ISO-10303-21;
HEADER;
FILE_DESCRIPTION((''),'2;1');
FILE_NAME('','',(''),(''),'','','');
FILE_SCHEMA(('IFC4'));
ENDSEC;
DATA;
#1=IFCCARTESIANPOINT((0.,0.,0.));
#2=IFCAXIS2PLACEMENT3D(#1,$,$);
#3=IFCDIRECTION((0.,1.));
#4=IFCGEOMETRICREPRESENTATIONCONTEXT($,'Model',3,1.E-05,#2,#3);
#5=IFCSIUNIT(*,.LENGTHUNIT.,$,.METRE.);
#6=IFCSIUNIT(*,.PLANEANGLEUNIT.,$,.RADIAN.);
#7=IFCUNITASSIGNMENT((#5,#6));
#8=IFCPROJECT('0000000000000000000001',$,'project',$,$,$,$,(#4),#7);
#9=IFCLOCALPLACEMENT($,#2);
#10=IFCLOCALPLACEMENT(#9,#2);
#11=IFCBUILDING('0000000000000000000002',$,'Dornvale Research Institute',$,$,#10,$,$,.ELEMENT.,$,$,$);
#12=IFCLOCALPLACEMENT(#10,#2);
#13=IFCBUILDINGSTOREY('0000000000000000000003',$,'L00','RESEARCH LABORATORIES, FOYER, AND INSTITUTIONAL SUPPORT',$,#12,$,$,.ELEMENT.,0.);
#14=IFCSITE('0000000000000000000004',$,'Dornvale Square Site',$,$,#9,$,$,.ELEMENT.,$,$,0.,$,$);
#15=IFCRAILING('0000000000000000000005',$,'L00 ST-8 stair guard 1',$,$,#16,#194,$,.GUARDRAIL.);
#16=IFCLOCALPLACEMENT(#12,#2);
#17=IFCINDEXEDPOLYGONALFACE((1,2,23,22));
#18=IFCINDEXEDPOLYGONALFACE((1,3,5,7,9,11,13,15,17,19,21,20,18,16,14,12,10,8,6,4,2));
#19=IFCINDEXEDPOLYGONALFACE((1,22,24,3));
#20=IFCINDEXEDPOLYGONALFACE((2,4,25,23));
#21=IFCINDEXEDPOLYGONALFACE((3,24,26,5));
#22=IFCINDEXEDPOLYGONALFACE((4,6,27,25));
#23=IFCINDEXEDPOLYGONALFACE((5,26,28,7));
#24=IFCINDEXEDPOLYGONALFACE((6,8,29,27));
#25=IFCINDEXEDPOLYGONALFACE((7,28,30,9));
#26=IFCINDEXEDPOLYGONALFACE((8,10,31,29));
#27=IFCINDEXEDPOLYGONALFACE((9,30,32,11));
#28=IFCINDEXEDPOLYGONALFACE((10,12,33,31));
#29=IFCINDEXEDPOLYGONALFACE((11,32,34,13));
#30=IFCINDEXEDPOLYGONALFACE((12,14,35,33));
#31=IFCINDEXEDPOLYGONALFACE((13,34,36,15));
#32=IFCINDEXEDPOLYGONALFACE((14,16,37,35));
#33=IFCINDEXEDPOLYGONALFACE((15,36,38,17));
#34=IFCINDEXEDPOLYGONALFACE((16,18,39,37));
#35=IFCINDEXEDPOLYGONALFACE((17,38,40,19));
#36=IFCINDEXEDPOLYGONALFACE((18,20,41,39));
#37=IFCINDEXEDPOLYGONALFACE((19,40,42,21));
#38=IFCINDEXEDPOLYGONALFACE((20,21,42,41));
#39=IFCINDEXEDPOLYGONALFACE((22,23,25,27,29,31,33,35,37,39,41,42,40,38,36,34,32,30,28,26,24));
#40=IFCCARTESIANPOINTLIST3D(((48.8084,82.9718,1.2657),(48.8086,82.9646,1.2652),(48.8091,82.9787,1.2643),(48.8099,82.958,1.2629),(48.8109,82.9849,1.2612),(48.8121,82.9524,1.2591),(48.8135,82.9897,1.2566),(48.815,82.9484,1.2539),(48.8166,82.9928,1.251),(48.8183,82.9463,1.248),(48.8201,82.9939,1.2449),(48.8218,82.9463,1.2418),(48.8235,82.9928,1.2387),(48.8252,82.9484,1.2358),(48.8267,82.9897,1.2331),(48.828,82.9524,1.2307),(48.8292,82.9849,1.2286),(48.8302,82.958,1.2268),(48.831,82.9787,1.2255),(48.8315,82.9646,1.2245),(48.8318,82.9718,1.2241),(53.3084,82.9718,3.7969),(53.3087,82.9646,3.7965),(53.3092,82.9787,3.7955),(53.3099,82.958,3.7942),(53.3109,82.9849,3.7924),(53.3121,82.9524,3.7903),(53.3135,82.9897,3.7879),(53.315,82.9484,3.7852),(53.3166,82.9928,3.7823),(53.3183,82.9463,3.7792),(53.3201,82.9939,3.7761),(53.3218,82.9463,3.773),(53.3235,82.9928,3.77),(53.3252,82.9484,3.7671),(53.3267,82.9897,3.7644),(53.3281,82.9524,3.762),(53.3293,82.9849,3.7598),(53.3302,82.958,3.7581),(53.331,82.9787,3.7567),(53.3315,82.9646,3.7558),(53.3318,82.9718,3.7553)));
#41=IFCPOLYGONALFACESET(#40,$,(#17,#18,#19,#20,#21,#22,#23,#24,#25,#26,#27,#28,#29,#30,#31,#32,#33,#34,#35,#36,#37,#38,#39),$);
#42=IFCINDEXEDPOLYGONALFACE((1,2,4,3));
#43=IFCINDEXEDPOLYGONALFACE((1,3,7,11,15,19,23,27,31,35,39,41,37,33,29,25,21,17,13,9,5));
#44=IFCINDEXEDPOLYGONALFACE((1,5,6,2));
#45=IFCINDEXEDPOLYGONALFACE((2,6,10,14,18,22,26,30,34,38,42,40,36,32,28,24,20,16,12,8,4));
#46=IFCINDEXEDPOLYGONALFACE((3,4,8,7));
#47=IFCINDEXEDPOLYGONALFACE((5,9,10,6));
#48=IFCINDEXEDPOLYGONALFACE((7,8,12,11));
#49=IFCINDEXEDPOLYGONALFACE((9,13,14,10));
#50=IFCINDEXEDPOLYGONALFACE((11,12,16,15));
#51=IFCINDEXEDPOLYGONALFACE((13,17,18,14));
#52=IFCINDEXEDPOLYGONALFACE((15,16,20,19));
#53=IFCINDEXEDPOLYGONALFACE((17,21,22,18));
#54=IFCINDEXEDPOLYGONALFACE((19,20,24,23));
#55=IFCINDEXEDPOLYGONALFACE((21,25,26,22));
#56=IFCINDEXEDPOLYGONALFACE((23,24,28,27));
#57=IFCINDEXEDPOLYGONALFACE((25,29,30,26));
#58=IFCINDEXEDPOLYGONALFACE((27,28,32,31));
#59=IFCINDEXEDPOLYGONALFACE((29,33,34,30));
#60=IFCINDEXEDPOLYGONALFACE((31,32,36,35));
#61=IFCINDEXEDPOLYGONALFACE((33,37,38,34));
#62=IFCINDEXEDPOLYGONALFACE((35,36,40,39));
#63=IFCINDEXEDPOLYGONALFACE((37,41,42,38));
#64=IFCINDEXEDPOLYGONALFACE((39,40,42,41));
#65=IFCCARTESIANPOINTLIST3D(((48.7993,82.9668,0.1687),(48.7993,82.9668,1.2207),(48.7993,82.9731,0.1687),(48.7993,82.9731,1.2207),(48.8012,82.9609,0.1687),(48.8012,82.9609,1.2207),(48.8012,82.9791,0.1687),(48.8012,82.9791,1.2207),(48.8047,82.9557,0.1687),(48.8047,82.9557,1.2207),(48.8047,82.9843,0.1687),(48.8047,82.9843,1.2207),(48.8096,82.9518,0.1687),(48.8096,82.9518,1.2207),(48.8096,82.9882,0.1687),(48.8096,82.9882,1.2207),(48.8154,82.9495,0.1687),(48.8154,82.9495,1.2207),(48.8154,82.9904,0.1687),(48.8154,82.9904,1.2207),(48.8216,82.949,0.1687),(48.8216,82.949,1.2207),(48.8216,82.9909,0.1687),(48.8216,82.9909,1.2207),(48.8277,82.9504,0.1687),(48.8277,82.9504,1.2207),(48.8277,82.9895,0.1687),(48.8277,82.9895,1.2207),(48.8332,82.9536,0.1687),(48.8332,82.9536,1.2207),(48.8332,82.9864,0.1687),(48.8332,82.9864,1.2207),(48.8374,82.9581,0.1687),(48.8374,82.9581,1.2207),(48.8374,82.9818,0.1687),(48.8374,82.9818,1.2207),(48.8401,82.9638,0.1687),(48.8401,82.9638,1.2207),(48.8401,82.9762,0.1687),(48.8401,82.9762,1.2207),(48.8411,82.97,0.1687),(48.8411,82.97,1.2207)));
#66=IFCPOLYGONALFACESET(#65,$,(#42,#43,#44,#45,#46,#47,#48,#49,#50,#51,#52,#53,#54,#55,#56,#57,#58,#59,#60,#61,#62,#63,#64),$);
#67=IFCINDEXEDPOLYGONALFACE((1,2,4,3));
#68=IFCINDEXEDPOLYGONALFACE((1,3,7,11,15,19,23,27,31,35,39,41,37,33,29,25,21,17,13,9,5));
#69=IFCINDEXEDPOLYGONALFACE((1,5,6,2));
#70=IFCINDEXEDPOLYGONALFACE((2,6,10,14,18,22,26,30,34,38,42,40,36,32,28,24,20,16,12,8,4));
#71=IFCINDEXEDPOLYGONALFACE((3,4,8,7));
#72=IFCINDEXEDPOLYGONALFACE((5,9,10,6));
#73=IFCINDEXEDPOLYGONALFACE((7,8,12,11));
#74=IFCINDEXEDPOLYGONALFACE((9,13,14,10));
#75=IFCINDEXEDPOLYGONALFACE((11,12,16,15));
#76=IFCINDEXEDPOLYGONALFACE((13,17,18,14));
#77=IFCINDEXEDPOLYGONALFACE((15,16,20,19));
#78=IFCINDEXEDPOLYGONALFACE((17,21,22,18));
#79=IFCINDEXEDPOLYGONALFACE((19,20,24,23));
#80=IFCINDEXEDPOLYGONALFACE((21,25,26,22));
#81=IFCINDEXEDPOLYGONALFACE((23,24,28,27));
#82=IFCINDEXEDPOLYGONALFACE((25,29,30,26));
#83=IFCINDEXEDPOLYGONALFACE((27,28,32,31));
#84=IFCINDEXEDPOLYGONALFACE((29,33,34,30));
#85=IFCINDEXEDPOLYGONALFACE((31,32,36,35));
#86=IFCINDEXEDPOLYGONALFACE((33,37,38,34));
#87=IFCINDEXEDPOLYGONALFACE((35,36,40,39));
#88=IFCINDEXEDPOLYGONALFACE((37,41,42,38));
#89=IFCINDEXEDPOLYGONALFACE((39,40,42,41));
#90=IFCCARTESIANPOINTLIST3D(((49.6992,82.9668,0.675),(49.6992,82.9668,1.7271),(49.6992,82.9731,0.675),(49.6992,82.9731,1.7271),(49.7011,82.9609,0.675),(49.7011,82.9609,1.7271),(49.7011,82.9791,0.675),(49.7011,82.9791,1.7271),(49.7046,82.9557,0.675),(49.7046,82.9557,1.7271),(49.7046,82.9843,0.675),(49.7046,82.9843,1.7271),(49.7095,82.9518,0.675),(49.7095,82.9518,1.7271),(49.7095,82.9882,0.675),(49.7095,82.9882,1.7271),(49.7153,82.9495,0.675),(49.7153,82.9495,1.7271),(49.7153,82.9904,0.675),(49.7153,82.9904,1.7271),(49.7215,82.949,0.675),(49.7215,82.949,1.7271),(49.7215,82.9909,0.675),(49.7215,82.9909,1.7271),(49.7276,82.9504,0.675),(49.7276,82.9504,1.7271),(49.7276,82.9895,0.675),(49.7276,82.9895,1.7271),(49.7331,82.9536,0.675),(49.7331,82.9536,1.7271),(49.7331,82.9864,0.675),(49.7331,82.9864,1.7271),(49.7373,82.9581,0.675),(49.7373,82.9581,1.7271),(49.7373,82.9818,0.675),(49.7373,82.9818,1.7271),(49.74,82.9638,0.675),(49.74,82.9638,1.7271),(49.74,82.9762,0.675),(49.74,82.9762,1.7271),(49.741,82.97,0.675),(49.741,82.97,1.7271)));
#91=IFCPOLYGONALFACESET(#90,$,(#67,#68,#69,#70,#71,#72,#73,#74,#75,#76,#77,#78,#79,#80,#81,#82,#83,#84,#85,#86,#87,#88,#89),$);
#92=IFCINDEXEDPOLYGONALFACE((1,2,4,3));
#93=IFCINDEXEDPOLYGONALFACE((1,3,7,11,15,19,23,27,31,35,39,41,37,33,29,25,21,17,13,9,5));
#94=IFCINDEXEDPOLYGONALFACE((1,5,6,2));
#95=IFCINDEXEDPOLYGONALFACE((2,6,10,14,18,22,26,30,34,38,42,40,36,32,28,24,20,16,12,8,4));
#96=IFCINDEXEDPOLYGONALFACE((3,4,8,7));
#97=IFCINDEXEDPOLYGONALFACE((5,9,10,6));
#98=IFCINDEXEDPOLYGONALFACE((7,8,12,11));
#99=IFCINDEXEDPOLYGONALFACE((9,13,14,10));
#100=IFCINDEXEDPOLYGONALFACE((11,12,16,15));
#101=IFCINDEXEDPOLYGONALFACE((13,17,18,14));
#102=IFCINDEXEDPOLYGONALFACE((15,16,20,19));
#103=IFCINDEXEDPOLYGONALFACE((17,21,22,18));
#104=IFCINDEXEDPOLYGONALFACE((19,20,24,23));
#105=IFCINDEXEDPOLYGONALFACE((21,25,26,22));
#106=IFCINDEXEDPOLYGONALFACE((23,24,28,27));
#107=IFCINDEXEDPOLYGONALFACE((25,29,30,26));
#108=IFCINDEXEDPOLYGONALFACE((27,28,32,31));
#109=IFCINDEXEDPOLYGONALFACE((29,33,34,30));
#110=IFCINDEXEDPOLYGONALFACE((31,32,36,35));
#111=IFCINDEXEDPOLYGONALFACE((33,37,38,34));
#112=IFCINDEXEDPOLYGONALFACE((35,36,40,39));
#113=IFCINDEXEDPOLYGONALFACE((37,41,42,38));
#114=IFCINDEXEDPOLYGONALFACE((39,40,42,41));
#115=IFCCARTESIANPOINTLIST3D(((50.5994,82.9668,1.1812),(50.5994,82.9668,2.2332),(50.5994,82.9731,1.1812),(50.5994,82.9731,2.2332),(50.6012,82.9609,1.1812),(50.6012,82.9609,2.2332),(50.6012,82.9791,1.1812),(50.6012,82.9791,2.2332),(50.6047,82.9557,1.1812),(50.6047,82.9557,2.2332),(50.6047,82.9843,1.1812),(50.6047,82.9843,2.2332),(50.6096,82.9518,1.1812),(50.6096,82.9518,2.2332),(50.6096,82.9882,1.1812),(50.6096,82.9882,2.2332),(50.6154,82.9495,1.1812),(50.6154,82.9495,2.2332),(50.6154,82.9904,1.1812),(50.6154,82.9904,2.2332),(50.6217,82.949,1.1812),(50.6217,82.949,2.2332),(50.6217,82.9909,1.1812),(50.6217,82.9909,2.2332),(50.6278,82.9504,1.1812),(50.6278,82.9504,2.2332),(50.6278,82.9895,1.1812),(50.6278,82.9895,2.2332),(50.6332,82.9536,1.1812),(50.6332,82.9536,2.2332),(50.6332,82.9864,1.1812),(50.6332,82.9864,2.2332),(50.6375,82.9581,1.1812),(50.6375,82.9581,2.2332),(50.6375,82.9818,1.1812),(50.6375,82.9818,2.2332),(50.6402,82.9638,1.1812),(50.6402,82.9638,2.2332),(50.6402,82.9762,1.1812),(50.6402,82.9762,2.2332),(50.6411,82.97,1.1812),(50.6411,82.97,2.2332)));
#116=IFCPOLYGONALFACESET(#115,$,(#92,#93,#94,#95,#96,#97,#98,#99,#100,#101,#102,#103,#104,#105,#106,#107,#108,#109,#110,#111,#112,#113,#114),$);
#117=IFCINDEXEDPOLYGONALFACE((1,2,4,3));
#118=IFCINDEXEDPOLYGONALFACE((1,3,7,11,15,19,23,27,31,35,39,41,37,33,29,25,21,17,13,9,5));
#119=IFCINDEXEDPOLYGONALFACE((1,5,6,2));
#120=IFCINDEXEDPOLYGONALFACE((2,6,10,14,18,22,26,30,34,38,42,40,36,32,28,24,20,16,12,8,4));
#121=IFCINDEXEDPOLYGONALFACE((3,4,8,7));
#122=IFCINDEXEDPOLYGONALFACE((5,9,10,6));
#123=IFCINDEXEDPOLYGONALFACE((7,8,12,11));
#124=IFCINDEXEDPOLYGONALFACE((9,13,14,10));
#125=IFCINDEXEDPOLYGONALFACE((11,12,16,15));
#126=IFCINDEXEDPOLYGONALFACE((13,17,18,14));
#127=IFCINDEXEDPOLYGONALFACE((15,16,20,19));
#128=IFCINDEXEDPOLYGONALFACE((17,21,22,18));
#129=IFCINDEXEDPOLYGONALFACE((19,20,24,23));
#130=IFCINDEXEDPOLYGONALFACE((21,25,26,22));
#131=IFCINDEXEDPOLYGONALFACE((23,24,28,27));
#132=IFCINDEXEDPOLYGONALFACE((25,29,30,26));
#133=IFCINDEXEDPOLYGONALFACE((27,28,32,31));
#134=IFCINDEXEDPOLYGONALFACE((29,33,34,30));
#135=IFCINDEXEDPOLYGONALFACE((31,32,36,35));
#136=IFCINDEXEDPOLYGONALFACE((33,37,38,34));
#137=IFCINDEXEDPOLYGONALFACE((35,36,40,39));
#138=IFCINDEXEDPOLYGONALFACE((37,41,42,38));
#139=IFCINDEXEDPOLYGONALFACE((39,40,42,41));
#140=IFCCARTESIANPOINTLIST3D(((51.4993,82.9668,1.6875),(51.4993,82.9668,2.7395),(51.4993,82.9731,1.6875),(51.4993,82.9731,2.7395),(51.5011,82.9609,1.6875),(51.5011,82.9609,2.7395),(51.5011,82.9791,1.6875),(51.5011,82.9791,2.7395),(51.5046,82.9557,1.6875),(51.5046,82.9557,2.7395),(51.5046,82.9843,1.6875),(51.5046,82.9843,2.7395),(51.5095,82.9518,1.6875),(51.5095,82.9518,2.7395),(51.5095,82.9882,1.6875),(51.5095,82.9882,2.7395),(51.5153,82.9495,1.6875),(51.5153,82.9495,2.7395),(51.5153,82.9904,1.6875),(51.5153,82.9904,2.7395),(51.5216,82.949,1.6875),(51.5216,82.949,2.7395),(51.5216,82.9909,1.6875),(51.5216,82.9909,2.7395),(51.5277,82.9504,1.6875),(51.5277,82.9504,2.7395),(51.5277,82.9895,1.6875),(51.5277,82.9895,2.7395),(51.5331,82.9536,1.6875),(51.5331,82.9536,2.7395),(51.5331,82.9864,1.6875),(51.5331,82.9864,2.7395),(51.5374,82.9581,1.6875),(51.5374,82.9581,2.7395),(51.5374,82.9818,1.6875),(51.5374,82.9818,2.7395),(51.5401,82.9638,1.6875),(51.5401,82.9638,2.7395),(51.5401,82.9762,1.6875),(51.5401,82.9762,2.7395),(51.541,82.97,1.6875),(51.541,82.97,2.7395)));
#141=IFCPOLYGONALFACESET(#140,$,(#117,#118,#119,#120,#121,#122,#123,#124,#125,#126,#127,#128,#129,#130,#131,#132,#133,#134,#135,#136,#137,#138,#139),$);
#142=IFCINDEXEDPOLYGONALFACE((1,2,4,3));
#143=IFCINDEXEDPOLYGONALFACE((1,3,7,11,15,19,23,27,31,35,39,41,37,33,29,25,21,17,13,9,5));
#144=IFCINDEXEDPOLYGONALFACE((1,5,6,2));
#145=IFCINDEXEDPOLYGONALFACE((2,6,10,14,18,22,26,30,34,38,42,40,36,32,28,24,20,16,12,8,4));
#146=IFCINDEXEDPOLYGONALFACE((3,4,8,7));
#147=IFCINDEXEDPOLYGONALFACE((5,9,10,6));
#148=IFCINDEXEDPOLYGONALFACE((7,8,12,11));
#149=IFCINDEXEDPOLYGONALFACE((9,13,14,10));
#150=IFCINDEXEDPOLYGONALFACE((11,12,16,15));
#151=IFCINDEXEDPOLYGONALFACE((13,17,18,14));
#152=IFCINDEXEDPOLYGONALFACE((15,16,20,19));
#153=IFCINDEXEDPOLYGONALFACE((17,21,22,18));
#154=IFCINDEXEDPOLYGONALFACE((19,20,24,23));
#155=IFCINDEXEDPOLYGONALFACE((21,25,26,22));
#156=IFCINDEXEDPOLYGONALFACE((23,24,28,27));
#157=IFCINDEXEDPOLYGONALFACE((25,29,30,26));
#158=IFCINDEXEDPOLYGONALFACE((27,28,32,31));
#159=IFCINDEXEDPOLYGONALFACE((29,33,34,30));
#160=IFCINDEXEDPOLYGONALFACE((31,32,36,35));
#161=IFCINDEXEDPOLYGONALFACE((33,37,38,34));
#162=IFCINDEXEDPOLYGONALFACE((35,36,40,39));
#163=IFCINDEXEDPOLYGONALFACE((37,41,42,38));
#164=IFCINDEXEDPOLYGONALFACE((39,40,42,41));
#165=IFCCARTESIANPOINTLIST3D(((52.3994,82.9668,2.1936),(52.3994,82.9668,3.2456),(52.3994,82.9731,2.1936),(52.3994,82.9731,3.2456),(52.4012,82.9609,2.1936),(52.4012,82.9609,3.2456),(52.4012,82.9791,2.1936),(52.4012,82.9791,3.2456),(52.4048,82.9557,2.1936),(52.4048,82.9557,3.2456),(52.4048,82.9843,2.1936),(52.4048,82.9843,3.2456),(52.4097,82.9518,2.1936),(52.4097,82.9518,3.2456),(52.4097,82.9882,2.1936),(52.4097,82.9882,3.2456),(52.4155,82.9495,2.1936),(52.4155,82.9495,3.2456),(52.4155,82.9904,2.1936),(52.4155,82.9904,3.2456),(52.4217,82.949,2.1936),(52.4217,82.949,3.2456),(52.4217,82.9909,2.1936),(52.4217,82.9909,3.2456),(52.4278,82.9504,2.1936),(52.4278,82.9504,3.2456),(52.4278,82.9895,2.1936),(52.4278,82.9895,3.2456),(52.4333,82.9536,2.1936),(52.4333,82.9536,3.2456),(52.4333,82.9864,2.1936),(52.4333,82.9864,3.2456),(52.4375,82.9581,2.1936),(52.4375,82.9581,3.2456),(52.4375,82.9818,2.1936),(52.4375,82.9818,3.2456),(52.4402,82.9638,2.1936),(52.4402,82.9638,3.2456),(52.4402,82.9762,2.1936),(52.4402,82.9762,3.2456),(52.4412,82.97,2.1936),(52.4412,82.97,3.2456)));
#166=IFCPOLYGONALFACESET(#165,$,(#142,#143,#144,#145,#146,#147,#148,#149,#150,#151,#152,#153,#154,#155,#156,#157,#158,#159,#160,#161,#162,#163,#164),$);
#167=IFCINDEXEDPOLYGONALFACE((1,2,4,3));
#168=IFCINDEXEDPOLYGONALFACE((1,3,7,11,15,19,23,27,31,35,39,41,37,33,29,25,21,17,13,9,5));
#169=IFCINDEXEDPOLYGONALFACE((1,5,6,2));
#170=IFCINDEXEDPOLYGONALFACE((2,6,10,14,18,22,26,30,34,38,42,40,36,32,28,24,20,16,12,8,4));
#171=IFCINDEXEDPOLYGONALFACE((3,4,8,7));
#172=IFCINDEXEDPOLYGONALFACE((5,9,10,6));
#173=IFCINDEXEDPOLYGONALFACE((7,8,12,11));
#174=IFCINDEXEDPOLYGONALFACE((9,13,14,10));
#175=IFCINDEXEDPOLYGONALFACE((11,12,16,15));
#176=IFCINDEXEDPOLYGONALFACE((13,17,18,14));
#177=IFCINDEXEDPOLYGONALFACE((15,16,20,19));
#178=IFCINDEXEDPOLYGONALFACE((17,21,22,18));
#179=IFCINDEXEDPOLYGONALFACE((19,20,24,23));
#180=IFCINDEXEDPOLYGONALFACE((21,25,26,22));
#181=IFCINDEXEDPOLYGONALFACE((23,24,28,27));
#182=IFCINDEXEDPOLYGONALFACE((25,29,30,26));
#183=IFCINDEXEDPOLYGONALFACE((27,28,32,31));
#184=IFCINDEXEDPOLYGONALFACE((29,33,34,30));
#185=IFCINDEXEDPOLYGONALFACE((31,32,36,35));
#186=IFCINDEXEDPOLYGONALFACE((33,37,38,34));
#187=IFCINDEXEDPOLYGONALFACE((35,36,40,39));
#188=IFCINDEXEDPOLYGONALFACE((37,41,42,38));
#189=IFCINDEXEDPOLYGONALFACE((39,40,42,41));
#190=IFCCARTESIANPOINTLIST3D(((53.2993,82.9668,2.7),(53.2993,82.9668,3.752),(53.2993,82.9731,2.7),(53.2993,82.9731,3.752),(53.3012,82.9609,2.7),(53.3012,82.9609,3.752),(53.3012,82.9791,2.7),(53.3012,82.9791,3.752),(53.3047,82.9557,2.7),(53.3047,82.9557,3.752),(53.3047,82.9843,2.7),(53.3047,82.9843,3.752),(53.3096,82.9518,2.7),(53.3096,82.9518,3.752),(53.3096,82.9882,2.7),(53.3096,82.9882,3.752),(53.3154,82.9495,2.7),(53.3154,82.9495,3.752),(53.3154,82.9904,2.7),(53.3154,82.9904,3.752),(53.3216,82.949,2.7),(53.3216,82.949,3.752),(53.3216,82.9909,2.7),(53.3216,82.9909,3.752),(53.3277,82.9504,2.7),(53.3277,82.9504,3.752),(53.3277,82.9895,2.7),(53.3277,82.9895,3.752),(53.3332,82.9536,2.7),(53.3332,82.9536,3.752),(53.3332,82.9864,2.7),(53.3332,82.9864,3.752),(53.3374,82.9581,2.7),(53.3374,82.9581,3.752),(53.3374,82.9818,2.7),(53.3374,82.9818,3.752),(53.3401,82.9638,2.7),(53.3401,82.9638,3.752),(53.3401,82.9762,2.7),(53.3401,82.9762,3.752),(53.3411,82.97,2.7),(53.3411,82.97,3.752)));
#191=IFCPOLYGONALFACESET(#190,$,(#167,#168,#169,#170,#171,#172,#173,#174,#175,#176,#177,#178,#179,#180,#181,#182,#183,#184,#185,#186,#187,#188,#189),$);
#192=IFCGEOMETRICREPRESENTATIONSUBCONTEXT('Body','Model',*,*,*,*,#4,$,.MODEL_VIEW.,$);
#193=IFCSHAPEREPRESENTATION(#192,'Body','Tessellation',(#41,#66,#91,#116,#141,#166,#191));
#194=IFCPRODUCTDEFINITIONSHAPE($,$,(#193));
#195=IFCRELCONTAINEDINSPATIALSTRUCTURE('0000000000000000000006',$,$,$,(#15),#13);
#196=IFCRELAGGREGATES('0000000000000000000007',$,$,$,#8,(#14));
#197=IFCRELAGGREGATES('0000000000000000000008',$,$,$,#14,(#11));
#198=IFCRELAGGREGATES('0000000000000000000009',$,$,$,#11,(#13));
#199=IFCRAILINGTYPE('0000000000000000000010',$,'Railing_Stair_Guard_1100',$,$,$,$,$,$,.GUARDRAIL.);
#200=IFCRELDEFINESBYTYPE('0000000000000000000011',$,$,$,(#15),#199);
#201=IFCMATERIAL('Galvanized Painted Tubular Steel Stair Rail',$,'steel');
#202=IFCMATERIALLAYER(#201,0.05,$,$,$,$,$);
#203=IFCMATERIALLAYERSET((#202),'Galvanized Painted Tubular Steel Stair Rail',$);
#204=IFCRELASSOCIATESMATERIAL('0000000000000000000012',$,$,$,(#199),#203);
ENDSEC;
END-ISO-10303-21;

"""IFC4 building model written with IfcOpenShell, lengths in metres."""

from ifc_helpers import new_model, si_unit, direction, frame, origin, origin_2d, place, context, subcontext, project, spatial, circle, extrude, material, layer, layer_set, type_object, element, save


model = new_model("IFC4")

# Units and contexts
model_context = context("Model", 3, precision=1e-05, world=origin(), true_north=direction((0.0, 1.0)))
body_context = subcontext(model_context, "Body", "Model", "MODEL_VIEW")
ifc_project = project(units=[si_unit("LENGTHUNIT", "METRE"), si_unit("PLANEANGLEUNIT", "RADIAN")], contexts=[model_context])

# Site, building, storey
site_placement = place(None, origin())
site = spatial("IfcSite", under=ifc_project, at=site_placement, Name="Dornvale Square Site", CompositionType="ELEMENT", RefElevation=0.0)
building_placement = place(site_placement, origin())
building = spatial("IfcBuilding", under=site, at=building_placement, Name="Dornvale Research Institute", CompositionType="ELEMENT")
storey_placement = place(building_placement, origin())
storey = spatial("IfcBuildingStorey", under=building, at=storey_placement, Name="L00", Description="RESEARCH LABORATORIES, FOYER, AND INSTITUTIONAL SUPPORT", CompositionType="ELEMENT", Elevation=0.0)

# Railing
ifc_material_1 = material(Name="Galvanized Painted Tubular Steel Stair Rail", Category="steel")
ifc_layer_1 = layer(ifc_material_1, 0.05)
ifc_layer_set_1 = layer_set([ifc_layer_1], Name="Galvanized Painted Tubular Steel Stair Rail")
railing_type_1 = type_object("IfcRailingType", Name="Railing_Stair_Guard_1100", PredefinedType="GUARDRAIL", material=ifc_layer_set_1)
railing_1_placement = place(storey_placement, frame((48.8201, 82.97, 0.1687)))
element("IfcRailing", 1, at=railing_1_placement, inside=storey, type_object=railing_type_1, Name="L00 ST-8 stair guard 1", PredefinedType="GUARDRAIL", context=body_context, shape_type="SweptSolid", body=[
    extrude(circle(Radius=0.0239, at=origin_2d()), frame((0.0, 0.0, 1.0762), z_axis=(0.871576, 0.0, 0.490261), x_axis=(0.0, 1.0, 0.0)), (0.0, 0.0, 1.0), 5.1631),
    extrude(circle(Radius=0.021, at=origin_2d()), origin(), (0.0, 0.0, 1.0), 1.052),
    extrude(circle(Radius=0.021, at=origin_2d()), frame((0.8999, 0.0, 0.5063)), (0.0, 0.0, 1.0), 1.052),
    extrude(circle(Radius=0.021, at=origin_2d()), frame((1.8, 0.0, 1.0125)), (0.0, 0.0, 1.0), 1.052),
    extrude(circle(Radius=0.021, at=origin_2d()), frame((2.7, 0.0, 1.5188)), (0.0, 0.0, 1.0), 1.052),
    extrude(circle(Radius=0.021, at=origin_2d()), frame((3.6001, 0.0, 2.0249)), (0.0, 0.0, 1.0), 1.052),
    extrude(circle(Radius=0.021, at=origin_2d()), frame((4.5, 0.0, 2.5312)), (0.0, 0.0, 1.0), 1.052),
])

save(model, "model.ifc")
